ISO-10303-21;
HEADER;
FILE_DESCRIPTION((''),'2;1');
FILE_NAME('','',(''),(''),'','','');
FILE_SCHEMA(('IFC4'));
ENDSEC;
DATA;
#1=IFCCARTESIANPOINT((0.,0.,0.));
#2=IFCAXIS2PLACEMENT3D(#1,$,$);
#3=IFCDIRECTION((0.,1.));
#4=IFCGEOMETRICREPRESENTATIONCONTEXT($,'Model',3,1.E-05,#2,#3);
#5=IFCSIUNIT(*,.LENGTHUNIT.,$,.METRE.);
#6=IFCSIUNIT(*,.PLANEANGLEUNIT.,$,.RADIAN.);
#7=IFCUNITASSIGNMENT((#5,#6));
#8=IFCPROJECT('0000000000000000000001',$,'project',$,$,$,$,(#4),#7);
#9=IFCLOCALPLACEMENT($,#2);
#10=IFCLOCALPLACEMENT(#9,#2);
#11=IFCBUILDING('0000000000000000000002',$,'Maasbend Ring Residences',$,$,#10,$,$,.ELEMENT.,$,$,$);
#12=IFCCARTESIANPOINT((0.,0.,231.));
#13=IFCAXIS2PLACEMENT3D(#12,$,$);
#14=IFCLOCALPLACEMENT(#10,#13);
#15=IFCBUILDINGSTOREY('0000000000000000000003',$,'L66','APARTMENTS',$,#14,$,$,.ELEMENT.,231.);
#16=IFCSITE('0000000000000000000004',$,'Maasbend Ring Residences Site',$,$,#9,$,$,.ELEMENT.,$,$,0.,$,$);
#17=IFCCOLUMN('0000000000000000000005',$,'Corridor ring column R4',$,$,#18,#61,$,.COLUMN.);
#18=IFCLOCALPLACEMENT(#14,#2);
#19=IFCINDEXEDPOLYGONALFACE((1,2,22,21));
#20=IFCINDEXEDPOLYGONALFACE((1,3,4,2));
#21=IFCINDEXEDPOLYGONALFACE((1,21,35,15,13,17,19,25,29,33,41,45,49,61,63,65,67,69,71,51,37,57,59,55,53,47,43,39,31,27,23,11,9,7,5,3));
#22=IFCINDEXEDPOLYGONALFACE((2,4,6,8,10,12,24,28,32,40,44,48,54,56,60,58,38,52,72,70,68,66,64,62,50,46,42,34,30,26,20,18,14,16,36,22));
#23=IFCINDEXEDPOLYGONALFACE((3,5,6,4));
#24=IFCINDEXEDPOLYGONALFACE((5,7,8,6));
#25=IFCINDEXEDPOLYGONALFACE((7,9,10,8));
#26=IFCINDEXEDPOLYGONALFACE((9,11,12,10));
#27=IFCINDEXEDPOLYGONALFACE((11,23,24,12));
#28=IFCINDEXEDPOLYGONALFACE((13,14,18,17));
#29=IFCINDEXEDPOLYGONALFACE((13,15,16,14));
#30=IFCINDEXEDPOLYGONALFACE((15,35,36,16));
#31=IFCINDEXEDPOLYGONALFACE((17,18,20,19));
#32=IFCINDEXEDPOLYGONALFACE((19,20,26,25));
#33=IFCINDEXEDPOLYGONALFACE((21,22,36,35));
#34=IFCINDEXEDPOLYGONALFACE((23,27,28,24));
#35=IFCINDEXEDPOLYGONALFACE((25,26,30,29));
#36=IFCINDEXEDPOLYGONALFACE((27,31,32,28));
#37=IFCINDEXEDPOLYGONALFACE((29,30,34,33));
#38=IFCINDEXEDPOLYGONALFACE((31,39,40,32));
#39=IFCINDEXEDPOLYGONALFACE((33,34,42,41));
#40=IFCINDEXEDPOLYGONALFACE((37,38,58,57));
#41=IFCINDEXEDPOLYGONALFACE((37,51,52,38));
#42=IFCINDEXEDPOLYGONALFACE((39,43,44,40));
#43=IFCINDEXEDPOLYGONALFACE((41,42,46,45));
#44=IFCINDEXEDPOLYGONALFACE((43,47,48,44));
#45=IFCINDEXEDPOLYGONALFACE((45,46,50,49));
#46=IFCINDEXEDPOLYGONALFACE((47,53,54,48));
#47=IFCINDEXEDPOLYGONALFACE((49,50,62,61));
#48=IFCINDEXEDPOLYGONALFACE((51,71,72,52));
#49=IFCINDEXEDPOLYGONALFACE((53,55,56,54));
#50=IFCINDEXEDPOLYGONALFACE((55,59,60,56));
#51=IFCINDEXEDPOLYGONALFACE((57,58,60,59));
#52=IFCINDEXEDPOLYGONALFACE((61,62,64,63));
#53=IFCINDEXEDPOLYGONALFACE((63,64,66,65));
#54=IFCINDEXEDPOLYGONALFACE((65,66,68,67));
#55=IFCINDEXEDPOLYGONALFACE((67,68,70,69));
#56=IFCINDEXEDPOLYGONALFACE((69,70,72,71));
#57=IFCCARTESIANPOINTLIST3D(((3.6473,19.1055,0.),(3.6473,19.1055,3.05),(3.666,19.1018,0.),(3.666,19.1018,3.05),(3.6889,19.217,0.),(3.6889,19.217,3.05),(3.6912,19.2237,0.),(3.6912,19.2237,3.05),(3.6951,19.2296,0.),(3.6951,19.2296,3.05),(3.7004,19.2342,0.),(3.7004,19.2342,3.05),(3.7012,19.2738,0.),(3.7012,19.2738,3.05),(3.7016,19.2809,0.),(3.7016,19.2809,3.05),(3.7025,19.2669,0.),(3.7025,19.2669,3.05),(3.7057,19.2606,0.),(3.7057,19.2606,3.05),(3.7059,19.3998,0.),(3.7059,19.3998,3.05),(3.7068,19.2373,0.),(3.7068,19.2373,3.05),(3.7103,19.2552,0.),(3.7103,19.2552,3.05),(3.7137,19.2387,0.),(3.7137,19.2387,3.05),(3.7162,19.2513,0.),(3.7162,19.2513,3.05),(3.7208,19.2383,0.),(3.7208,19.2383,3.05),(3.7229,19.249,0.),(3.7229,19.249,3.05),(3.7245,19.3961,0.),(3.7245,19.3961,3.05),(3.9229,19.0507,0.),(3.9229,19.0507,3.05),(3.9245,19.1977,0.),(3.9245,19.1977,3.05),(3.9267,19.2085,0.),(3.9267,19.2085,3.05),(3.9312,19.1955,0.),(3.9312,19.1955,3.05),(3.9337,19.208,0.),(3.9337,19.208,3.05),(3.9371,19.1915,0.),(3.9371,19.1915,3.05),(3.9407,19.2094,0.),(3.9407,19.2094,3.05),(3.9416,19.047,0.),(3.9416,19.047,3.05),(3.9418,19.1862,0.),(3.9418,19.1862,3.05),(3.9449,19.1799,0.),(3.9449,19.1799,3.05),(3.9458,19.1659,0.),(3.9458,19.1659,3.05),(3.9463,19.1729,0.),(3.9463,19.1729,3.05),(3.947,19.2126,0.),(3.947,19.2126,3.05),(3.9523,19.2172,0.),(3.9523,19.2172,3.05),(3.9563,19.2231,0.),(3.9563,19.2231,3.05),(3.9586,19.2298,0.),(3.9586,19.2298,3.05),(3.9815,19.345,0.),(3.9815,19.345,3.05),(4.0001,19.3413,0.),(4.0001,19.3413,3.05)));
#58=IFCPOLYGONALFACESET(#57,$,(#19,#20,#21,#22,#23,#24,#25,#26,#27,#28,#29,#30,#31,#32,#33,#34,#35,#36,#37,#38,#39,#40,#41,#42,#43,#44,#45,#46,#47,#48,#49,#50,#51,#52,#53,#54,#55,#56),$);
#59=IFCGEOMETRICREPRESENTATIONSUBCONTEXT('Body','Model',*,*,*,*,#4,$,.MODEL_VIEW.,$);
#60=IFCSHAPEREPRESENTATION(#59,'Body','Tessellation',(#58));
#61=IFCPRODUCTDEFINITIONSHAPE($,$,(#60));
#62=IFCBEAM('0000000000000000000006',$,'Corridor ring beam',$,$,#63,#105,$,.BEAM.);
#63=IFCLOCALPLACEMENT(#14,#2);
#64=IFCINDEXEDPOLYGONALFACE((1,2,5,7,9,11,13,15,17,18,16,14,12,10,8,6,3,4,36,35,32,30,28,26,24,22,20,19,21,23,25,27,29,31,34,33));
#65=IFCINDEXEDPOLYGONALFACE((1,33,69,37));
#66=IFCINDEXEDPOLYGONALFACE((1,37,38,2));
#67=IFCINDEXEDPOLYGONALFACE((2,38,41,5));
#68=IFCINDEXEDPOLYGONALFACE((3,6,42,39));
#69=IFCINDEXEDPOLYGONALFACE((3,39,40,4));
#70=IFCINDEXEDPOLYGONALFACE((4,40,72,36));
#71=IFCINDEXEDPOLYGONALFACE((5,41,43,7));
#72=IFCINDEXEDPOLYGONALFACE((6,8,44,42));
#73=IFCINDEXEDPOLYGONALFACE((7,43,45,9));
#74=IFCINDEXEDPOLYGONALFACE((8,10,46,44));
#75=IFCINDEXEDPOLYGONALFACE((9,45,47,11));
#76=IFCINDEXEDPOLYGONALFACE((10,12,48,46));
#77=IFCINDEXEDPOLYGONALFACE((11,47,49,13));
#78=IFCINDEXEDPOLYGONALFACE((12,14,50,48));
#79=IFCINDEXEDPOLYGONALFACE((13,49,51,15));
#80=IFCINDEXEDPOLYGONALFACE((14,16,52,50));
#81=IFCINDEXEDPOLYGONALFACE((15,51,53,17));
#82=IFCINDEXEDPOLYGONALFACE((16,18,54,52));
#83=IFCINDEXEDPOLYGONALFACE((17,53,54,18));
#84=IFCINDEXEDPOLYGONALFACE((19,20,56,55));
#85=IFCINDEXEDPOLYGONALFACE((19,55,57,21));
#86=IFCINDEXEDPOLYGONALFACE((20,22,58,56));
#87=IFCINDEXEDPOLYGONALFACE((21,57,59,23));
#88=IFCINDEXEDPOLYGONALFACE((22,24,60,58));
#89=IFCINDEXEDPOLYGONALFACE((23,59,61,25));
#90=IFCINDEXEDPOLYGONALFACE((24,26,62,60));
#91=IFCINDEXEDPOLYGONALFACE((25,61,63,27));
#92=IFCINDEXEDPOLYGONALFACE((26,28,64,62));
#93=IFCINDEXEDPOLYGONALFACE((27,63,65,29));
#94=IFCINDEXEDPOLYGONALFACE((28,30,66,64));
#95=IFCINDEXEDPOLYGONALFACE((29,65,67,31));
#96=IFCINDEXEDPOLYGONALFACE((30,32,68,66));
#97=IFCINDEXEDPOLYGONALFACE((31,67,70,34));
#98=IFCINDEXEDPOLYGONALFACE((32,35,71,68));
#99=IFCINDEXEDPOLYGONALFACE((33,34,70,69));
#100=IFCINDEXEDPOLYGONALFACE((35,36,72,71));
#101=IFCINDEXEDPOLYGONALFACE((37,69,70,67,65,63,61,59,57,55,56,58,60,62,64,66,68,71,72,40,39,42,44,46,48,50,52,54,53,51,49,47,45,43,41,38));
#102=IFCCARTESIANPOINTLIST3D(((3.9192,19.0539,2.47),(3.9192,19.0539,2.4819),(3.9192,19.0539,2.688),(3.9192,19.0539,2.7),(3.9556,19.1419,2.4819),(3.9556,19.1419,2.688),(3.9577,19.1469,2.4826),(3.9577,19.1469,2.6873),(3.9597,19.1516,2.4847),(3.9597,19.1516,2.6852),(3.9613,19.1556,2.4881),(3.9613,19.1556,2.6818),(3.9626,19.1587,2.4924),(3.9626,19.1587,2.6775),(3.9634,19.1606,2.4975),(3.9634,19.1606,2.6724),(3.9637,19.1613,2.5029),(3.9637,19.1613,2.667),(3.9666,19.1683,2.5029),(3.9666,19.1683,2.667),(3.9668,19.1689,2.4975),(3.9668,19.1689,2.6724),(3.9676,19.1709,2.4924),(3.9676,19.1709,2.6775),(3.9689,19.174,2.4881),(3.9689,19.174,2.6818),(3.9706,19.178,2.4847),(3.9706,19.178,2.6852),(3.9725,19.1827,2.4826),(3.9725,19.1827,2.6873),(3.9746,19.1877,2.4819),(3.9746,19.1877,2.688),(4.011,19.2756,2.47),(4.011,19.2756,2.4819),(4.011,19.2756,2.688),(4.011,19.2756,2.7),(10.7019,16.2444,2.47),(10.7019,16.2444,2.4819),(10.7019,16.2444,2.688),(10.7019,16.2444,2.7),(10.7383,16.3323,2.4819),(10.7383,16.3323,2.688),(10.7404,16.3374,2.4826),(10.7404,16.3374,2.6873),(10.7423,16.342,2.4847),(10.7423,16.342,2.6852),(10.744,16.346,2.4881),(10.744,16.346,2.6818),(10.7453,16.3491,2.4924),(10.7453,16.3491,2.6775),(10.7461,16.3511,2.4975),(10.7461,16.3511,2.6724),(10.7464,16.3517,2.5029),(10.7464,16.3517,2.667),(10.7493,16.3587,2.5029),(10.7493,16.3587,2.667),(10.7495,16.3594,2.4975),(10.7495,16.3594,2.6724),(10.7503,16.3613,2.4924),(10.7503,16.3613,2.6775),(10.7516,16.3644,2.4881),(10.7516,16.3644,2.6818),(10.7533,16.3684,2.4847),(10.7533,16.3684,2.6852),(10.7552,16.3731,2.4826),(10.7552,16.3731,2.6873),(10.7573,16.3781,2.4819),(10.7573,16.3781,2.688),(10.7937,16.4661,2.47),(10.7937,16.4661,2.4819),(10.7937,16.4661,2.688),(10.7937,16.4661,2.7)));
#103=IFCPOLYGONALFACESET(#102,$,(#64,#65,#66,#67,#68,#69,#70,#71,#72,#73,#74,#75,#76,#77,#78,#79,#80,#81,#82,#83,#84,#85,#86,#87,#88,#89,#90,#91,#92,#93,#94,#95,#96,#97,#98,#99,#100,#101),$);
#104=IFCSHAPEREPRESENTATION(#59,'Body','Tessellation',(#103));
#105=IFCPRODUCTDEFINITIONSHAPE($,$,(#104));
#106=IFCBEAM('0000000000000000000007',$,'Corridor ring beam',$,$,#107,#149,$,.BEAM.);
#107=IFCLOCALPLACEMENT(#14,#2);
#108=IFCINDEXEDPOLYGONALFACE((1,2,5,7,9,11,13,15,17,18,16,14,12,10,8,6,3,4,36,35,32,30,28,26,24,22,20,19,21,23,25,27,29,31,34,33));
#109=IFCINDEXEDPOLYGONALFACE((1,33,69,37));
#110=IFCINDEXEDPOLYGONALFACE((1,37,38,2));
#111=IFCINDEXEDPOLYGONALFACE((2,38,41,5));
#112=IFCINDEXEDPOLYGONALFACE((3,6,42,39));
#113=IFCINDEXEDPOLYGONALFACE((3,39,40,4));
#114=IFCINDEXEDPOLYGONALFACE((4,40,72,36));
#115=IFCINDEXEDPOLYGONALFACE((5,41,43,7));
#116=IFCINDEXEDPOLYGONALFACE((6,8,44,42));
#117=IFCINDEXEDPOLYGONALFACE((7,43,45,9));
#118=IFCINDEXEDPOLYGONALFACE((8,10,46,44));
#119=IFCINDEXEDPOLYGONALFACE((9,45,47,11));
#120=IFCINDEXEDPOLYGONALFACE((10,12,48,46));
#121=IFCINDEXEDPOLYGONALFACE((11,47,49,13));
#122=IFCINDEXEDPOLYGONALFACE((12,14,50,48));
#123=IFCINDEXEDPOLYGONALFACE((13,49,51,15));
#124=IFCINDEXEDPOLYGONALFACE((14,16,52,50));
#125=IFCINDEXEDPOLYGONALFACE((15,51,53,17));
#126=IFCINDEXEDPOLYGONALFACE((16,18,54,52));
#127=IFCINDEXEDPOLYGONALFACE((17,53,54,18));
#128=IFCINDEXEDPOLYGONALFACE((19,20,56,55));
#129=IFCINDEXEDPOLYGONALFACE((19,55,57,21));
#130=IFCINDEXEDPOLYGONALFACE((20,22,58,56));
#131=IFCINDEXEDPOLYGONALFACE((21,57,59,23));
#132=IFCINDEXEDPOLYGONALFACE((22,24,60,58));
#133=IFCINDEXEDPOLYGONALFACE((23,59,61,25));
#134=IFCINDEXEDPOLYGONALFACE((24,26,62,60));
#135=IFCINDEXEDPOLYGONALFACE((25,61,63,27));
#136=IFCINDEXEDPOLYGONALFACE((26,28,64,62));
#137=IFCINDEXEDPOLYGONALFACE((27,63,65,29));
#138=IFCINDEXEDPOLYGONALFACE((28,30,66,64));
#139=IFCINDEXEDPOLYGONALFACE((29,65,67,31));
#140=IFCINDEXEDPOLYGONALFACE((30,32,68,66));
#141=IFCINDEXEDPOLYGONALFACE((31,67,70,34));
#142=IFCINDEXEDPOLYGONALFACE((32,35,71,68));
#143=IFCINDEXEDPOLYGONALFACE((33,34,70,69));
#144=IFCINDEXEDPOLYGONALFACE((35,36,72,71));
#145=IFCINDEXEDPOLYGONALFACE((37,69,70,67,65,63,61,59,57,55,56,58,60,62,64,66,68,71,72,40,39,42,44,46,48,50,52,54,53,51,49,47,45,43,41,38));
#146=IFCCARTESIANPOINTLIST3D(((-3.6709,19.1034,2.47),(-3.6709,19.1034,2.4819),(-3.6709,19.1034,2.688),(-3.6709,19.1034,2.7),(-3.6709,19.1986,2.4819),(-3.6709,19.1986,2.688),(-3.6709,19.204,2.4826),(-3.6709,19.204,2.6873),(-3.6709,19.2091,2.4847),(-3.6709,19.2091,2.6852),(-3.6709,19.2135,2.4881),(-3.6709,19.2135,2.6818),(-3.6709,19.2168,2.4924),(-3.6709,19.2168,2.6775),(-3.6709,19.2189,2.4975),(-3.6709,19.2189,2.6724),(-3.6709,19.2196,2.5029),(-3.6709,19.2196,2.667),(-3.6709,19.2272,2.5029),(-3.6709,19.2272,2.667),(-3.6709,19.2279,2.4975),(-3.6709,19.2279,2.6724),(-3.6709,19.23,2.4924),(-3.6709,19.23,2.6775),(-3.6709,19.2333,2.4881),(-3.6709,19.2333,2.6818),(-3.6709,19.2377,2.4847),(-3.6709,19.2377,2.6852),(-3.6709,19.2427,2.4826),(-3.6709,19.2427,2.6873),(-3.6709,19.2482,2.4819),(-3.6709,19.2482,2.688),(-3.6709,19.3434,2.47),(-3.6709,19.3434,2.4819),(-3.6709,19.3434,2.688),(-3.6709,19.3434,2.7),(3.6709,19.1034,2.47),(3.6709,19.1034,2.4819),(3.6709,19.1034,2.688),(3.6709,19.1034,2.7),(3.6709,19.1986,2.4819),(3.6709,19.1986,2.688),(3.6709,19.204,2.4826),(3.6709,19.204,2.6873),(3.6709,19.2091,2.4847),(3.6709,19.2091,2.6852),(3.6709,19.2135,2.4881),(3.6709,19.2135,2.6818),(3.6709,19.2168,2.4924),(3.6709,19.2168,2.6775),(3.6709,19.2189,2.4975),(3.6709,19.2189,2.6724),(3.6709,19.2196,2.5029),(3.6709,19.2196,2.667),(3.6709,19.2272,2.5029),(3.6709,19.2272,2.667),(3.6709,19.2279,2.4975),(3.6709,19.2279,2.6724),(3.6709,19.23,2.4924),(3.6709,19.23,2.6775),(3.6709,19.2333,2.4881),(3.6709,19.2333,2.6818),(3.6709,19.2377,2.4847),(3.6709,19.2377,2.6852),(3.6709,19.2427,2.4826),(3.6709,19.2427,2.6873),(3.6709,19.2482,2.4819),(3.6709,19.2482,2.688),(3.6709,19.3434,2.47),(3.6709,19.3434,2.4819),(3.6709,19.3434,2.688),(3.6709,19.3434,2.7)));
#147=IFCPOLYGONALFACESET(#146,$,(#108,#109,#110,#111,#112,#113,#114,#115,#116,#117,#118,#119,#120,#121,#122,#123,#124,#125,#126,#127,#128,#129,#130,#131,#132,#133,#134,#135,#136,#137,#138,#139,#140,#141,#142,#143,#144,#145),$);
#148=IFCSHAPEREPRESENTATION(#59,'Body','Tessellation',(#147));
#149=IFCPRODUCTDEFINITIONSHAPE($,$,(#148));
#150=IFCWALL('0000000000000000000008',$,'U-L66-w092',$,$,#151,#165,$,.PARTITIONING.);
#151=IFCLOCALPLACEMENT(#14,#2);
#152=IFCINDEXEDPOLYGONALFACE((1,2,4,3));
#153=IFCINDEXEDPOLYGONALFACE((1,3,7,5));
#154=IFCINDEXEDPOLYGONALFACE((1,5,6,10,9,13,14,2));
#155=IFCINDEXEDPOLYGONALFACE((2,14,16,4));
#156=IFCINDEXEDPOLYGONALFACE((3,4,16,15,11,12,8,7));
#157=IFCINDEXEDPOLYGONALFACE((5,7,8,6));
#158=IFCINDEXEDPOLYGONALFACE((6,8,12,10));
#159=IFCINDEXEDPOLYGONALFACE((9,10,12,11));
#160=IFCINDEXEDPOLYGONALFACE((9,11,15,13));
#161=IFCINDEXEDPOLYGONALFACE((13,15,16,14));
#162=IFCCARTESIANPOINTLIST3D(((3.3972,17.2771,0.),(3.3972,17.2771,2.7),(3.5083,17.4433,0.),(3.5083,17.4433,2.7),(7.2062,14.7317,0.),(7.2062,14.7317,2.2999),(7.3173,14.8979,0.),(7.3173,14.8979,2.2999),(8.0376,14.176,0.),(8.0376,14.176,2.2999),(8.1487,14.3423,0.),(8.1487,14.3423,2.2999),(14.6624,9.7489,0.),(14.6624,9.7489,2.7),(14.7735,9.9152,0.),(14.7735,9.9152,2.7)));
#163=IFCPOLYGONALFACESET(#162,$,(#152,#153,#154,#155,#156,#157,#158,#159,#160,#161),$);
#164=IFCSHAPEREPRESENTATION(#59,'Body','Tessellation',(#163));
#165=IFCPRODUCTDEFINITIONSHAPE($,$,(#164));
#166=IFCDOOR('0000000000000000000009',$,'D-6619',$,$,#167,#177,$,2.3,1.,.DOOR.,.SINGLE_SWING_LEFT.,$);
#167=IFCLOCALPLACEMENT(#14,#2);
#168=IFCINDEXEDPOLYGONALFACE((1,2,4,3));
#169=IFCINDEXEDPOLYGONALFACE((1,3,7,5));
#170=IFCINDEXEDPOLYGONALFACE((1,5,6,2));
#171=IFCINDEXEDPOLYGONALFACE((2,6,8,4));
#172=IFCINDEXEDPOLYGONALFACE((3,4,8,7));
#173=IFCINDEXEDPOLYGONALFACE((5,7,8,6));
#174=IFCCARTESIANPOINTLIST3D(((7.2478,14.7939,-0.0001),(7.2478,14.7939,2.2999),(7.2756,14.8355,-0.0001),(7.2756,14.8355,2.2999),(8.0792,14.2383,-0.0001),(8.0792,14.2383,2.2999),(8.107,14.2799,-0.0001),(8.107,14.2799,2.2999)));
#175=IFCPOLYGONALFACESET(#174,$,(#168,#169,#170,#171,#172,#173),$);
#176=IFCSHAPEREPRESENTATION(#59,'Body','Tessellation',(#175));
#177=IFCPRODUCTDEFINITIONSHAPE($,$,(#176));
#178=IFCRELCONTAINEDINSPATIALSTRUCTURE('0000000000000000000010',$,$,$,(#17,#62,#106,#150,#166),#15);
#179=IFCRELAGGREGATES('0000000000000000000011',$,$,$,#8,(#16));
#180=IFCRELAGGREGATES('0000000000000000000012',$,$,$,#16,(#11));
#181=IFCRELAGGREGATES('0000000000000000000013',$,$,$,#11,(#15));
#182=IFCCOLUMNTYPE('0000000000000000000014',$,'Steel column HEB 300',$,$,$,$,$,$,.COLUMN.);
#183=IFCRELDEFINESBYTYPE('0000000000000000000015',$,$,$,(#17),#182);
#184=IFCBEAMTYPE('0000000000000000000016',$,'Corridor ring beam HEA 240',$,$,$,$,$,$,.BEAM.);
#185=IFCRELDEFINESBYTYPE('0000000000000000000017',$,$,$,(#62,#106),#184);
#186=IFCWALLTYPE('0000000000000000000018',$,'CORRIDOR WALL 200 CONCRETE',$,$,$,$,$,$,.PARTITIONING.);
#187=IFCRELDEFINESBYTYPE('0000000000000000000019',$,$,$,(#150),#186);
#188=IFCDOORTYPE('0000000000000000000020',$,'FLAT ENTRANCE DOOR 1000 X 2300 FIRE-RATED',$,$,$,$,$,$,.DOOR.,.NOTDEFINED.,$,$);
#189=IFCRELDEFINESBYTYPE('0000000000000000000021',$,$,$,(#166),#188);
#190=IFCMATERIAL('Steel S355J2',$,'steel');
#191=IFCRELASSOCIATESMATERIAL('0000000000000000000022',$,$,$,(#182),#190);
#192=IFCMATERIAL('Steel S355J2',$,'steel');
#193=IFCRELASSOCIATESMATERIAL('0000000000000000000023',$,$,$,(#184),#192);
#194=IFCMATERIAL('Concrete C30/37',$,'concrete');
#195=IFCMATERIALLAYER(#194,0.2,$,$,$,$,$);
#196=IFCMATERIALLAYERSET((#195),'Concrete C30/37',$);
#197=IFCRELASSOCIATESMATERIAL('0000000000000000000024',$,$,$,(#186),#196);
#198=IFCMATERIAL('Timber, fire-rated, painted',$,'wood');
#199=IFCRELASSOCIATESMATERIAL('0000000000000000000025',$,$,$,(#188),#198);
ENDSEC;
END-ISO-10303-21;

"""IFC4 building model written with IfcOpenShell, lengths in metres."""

from ifc_helpers import new_model, si_unit, direction, frame, frame_2d, origin, origin_2d, place, context, subcontext, project, spatial, rectangle, i_section, extrude, material, layer, layer_set, material_profile, profile_set, type_object, element, fill, save


model = new_model("IFC4")

# Units and contexts
model_context = context("Model", 3, precision=1e-05, world=origin(), true_north=direction((0.0, 1.0)))
body_context = subcontext(model_context, "Body", "Model", "MODEL_VIEW")
ifc_project = project(units=[si_unit("LENGTHUNIT", "METRE"), si_unit("PLANEANGLEUNIT", "RADIAN")], contexts=[model_context])

# Site, building, storey
site_placement = place(None, origin())
site = spatial("IfcSite", under=ifc_project, at=site_placement, Name="Maasbend Ring Residences Site", CompositionType="ELEMENT", RefElevation=0.0)
building_placement = place(site_placement, origin())
building = spatial("IfcBuilding", under=site, at=building_placement, Name="Maasbend Ring Residences", CompositionType="ELEMENT")
storey_placement = place(building_placement, frame((0.0, 0.0, 231.0)))
storey = spatial("IfcBuildingStorey", under=building, at=storey_placement, Name="L66", Description="APARTMENTS", CompositionType="ELEMENT", Elevation=231.0)

# Column
ifc_material_1 = material(Name="Steel S355J2", Category="steel")
ifc_material_profile_1 = material_profile(ifc_material_1, i_section(OverallWidth=0.3, OverallDepth=0.3, WebThickness=0.011, FlangeThickness=0.019, FilletRadius=0.0271, at=origin_2d()), Name="HEB 300")
ifc_profile_set_1 = profile_set([ifc_material_profile_1], Name="Steel S355J2")
column_type = type_object("IfcColumnType", Name="Steel column HEB 300", PredefinedType="COLUMN", material=ifc_profile_set_1)
column_placement = place(storey_placement, frame((3.8237, 19.2234, 0.0), z_axis=(0.0, 0.0, 1.0), x_axis=(0.19509, 0.980785, 0.0)))
element("IfcColumn", 1, at=column_placement, inside=storey, type_object=column_type, Name="Corridor ring column R4", PredefinedType="COLUMN", context=body_context, shape_type="SweptSolid", body=[
    extrude(i_section(OverallWidth=0.3, OverallDepth=0.3, WebThickness=0.011, FlangeThickness=0.019, FilletRadius=0.0271, at=origin_2d()), origin(), (0.0, 0.0, 1.0), 3.05),
])

# Beams
ifc_material_2 = material(Name="Steel S355J2", Category="steel")
ifc_material_profile_2 = material_profile(ifc_material_2, i_section(OverallWidth=0.24, OverallDepth=0.23, WebThickness=0.0076, FlangeThickness=0.012, FilletRadius=0.021, at=origin_2d()), Name="HEA 240")
ifc_profile_set_2 = profile_set([ifc_material_profile_2], Name="Steel S355J2")
beam_type = type_object("IfcBeamType", Name="Corridor ring beam HEA 240", PredefinedType="BEAM", material=ifc_profile_set_2)
beam_1_placement = place(storey_placement, frame((10.7478, 16.3552, 2.585), z_axis=(-0.923876, 0.382692, 0.0), x_axis=(-0.382692, -0.923876, 0.0)))
element("IfcBeam", 2, at=beam_1_placement, inside=storey, type_object=beam_type, Name="Corridor ring beam", PredefinedType="BEAM", context=body_context, shape_type="SweptSolid", body=[
    extrude(i_section(OverallWidth=0.24, OverallDepth=0.23, WebThickness=0.0076, FlangeThickness=0.012, FilletRadius=0.021, at=origin_2d()), origin(), (0.0, 0.0, 1.0), 7.3416),
])
beam_2_placement = place(storey_placement, frame((3.6709, 19.2234, 2.585), z_axis=(-1.0, 0.0, 0.0), x_axis=(0.0, -1.0, 0.0)))
element("IfcBeam", 3, at=beam_2_placement, inside=storey, type_object=beam_type, Name="Corridor ring beam", PredefinedType="BEAM", context=body_context, shape_type="SweptSolid", body=[
    extrude(i_section(OverallWidth=0.24, OverallDepth=0.23, WebThickness=0.0076, FlangeThickness=0.012, FilletRadius=0.021, at=origin_2d()), origin(), (0.0, 0.0, 1.0), 7.3418),
])

# Wall, opening, door
ifc_material_3 = material(Name="Concrete C30/37", Category="concrete")
ifc_layer_1 = layer(ifc_material_3, 0.2)
ifc_layer_set_1 = layer_set([ifc_layer_1], Name="Concrete C30/37")
wall_type_1 = type_object("IfcWallType", Name="CORRIDOR WALL 200 CONCRETE", PredefinedType="PARTITIONING", material=ifc_layer_set_1)
wall_1_placement = place(storey_placement, frame((3.4529, 17.3601, 0.0), z_axis=(0.0, 0.0, 1.0), x_axis=(0.831437, -0.555619, 0.0)))
wall_1 = element("IfcWall", 4, at=wall_1_placement, inside=storey, type_object=wall_type_1, Name="U-L66-w092", PredefinedType="PARTITIONING", context=body_context, shape_type="SweptSolid", body=[
    extrude(rectangle(XDim=13.5491, YDim=0.2, at=frame_2d((6.7744, 0.0))), origin(), (0.0, 0.0, 1.0), 2.7),
])
opening_1_placement = place(wall_1_placement, frame((4.5811, 0.0, 0.0)))
opening_1 = element("IfcOpeningElement", 5, at=opening_1_placement, cuts=wall_1, PredefinedType="OPENING", context=body_context, shape_type="SweptSolid", body=[
    extrude(rectangle(XDim=1.0, YDim=2.3, at=frame_2d((0.5, 1.1499))), frame((0.0, 0.1099, 0.0), z_axis=(0.0, -1.0, 0.0), x_axis=(1.0, 0.0, 0.0)), (0.0, 0.0, 1.0), 0.22),
])
ifc_material_4 = material(Name="Timber, fire-rated, painted", Category="wood")
door_type_1 = type_object("IfcDoorType", Name="FLAT ENTRANCE DOOR 1000 X 2300 FIRE-RATED", OperationType="NOTDEFINED", PredefinedType="DOOR", material=ifc_material_4)
door_1_placement = place(opening_1_placement, origin())
door_1 = element("IfcDoor", 6, at=door_1_placement, inside=storey, type_object=door_type_1, Name="D-6619", OperationType="SINGLE_SWING_LEFT", OverallHeight=2.3, OverallWidth=1.0, PredefinedType="DOOR", context=body_context, shape_type="SweptSolid", body=[
    extrude(rectangle(XDim=1.0, YDim=2.3, at=frame_2d((0.5, 1.1499))), frame((0.0, 0.0249, 0.0), z_axis=(0.0, -1.0, 0.0), x_axis=(1.0, 0.0, 0.0)), (0.0, 0.0, 1.0), 0.05),
])
fill(opening_1, door_1)

save(model, "model.ifc")
